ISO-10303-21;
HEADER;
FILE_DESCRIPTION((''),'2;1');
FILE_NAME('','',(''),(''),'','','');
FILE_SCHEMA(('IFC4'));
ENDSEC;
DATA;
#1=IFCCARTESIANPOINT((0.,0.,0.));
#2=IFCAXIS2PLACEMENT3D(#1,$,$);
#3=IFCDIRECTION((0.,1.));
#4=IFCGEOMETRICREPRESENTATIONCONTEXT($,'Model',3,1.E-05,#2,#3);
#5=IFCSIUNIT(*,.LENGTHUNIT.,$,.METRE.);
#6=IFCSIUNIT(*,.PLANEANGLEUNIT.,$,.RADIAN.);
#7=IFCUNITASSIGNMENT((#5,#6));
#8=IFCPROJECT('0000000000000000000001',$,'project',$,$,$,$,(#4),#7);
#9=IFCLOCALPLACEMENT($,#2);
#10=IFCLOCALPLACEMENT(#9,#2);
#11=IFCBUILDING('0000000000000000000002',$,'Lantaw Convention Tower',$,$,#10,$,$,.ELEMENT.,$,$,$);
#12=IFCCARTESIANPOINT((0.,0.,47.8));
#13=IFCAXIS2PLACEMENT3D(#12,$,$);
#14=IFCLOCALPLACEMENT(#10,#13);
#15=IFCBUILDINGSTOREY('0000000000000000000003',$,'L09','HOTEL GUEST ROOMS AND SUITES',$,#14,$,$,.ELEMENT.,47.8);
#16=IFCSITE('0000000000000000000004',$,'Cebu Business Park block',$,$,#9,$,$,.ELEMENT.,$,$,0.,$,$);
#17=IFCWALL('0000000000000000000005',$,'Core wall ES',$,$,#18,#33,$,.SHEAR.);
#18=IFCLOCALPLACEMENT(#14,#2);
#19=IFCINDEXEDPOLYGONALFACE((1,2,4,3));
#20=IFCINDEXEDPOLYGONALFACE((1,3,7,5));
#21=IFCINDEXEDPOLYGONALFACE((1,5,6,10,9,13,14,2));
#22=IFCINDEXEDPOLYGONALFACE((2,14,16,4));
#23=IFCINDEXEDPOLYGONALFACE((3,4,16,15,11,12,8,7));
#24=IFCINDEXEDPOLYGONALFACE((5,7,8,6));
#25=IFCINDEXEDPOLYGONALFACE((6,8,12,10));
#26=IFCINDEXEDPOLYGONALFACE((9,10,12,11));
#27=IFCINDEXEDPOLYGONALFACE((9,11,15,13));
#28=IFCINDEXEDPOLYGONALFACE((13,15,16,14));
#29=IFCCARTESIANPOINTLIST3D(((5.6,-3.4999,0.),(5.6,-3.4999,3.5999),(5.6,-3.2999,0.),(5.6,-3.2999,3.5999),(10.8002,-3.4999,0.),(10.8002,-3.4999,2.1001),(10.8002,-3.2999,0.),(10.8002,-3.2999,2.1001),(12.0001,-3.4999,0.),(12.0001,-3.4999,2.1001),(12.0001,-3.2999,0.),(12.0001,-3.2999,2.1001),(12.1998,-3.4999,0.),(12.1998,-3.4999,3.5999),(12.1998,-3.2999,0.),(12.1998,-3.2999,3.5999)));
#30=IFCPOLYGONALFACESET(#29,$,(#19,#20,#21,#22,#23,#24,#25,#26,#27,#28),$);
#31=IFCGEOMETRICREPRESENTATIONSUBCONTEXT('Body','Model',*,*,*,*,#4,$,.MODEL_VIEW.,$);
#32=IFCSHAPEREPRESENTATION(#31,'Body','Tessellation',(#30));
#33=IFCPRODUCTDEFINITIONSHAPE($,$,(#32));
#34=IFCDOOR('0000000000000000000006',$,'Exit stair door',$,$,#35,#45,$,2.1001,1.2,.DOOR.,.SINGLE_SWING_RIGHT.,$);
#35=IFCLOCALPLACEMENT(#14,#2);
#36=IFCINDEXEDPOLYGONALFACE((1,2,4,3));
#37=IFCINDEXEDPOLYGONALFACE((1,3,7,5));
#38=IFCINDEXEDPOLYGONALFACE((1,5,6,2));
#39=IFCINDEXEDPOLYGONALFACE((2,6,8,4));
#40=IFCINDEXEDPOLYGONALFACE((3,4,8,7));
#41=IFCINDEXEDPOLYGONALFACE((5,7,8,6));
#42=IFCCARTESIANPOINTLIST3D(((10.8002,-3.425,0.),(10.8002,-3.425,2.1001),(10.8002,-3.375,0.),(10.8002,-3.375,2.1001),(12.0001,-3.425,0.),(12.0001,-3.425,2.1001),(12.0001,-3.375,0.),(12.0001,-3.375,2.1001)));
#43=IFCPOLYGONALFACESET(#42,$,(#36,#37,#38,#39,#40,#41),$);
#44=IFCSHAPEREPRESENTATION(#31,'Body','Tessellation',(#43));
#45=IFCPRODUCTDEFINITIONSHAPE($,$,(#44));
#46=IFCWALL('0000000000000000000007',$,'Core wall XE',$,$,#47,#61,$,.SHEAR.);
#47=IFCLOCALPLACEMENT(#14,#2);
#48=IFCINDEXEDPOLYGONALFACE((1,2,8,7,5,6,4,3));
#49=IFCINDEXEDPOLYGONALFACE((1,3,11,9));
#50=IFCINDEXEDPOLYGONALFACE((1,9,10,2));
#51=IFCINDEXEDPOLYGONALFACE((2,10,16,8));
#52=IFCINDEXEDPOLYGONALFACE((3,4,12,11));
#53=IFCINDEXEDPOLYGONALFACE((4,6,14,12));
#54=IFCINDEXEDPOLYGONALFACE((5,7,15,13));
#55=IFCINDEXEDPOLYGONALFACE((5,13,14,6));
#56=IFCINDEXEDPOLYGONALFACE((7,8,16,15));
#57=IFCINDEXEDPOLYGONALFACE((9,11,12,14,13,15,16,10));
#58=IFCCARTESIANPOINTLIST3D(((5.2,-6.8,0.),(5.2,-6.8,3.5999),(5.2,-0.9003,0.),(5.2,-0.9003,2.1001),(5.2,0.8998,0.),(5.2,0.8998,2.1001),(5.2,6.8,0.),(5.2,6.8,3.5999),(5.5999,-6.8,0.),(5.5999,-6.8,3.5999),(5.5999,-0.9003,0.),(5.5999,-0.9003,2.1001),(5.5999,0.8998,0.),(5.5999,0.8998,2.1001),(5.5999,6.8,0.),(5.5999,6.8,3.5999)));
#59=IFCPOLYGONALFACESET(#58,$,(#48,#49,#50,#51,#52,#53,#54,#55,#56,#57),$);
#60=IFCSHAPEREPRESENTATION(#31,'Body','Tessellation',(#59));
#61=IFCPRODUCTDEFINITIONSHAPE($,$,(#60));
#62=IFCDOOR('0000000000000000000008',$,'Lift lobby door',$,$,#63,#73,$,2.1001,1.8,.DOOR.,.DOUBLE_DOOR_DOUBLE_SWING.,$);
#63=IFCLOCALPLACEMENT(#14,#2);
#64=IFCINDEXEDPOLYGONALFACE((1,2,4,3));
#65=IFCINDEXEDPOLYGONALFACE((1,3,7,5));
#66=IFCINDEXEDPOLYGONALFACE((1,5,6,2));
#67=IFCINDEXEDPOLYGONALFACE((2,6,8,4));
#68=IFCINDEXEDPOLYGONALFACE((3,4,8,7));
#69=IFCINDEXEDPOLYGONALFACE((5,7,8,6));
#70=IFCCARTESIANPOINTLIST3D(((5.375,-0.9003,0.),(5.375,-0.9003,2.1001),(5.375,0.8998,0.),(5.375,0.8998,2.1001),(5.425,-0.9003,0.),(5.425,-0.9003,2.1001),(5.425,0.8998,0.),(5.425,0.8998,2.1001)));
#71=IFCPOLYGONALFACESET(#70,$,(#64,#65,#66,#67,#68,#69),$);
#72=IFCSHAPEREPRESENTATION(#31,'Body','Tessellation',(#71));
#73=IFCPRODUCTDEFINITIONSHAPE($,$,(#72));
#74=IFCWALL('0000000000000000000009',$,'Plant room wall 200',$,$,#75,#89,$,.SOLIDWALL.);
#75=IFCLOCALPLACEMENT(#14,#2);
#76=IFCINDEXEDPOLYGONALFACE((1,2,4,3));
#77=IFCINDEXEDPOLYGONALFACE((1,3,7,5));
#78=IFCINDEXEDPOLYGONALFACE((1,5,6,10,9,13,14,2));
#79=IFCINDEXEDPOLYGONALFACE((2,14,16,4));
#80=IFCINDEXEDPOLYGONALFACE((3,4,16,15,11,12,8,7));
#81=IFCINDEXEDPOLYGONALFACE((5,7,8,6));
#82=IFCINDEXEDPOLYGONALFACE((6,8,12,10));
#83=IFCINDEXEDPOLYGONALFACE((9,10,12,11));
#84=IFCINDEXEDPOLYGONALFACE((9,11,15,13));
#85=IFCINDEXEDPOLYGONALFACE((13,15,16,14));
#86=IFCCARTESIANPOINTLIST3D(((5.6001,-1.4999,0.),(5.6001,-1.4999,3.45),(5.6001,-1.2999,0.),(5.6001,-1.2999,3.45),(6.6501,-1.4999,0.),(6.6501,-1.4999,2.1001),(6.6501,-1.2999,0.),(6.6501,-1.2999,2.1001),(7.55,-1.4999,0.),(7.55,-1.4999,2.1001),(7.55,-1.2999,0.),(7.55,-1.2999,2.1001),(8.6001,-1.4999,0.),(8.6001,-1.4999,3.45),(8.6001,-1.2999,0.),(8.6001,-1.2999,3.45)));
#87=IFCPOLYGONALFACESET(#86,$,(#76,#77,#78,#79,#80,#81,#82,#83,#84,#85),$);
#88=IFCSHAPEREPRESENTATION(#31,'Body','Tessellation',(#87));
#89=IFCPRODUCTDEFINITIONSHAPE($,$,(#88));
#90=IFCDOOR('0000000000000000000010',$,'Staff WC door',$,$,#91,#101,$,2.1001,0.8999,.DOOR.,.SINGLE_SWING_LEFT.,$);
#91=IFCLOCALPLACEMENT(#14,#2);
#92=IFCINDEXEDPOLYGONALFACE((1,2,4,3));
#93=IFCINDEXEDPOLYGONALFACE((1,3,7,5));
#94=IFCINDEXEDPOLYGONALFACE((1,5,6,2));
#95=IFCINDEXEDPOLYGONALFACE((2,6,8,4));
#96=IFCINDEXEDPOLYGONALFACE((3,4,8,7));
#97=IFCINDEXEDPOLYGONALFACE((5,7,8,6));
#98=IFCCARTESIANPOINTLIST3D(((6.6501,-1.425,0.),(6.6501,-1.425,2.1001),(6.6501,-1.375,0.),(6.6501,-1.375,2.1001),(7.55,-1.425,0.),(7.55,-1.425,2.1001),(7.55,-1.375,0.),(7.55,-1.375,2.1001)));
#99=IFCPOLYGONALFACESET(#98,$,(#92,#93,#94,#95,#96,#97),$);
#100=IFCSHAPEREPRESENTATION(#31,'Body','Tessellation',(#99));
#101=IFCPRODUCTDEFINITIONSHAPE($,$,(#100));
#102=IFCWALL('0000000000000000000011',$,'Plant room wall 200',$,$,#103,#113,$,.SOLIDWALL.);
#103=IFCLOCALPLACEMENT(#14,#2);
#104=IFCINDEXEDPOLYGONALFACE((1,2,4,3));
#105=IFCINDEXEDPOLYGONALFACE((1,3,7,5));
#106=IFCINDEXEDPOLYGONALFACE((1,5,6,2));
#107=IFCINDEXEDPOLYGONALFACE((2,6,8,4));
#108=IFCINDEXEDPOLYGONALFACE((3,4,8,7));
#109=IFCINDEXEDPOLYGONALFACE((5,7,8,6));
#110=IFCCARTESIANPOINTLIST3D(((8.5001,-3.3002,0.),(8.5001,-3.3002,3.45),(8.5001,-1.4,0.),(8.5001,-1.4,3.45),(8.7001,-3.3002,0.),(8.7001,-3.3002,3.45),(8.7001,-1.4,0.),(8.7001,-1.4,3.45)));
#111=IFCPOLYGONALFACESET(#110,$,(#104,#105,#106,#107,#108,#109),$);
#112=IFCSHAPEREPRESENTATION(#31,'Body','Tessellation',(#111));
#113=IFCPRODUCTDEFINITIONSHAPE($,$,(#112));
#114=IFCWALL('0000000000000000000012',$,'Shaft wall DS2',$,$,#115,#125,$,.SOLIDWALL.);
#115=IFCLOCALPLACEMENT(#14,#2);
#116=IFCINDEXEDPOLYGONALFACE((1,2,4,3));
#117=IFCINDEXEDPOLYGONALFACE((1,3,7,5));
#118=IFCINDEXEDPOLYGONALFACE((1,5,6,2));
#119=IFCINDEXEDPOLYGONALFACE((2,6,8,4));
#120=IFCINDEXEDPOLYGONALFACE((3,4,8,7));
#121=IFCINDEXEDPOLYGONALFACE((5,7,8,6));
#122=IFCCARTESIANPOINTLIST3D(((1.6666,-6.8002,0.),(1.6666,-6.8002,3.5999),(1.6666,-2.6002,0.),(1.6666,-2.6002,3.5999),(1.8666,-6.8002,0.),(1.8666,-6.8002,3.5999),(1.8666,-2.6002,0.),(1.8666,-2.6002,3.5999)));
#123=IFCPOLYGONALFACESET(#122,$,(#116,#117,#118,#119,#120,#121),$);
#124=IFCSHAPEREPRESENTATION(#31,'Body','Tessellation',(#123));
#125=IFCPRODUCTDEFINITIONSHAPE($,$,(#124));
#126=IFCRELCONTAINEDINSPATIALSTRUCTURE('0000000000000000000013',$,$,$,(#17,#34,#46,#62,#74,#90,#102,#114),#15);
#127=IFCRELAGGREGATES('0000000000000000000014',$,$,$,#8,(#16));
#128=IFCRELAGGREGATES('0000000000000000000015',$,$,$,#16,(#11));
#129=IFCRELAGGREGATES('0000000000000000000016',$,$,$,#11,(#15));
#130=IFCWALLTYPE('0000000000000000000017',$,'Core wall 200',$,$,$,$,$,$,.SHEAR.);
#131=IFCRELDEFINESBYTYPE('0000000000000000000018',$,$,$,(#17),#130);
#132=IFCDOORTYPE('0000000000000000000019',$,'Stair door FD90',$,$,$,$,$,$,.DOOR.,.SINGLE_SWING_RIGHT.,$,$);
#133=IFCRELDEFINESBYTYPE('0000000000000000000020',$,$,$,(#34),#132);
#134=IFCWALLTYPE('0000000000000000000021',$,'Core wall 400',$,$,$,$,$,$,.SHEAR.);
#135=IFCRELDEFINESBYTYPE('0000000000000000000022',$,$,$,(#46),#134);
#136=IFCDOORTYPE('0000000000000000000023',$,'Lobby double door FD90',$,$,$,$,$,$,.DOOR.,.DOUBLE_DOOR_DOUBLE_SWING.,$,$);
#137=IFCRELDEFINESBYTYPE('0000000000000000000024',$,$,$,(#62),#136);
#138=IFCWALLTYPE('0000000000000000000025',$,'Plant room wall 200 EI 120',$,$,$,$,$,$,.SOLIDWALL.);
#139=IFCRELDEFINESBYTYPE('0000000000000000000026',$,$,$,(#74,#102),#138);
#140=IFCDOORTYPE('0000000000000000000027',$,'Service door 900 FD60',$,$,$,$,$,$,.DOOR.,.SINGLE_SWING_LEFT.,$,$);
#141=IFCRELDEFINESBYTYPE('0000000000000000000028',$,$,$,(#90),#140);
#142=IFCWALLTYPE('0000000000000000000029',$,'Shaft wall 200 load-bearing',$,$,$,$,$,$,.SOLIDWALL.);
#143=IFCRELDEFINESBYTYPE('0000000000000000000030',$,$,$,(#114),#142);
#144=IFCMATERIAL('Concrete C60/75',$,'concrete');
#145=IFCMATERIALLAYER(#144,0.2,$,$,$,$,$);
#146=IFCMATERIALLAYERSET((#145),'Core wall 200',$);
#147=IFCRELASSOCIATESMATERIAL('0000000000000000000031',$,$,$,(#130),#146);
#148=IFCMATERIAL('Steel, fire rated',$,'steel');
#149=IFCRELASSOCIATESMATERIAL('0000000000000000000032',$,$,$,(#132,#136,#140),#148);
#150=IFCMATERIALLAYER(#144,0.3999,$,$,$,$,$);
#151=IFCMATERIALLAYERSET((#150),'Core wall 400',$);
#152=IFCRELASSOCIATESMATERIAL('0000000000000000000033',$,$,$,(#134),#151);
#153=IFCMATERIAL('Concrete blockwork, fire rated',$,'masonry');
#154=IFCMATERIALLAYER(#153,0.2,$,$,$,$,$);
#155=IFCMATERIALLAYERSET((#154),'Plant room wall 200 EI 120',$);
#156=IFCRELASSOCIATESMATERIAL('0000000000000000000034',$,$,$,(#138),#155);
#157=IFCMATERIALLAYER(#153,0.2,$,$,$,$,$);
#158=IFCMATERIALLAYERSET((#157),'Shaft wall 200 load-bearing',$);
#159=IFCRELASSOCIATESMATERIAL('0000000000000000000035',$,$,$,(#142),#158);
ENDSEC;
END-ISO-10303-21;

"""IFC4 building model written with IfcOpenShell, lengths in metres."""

from ifc_helpers import new_model, si_unit, direction, frame, frame_2d, origin, place, context, subcontext, project, spatial, rectangle, extrude, material, layer, layer_set, type_object, element, fill, save


model = new_model("IFC4")

# Units and contexts
model_context = context("Model", 3, precision=1e-05, world=origin(), true_north=direction((0.0, 1.0)))
body_context = subcontext(model_context, "Body", "Model", "MODEL_VIEW")
ifc_project = project(units=[si_unit("LENGTHUNIT", "METRE"), si_unit("PLANEANGLEUNIT", "RADIAN")], contexts=[model_context])

# Site, building, storey
site_placement = place(None, origin())
site = spatial("IfcSite", under=ifc_project, at=site_placement, Name="Cebu Business Park block", CompositionType="ELEMENT", RefElevation=0.0)
building_placement = place(site_placement, origin())
building = spatial("IfcBuilding", under=site, at=building_placement, Name="Lantaw Convention Tower", CompositionType="ELEMENT")
storey_placement = place(building_placement, frame((0.0, 0.0, 47.8)))
storey = spatial("IfcBuildingStorey", under=building, at=storey_placement, Name="L09", Description="HOTEL GUEST ROOMS AND SUITES", CompositionType="ELEMENT", Elevation=47.8)

# Walls, openings, doors
ifc_material_1 = material(Name="Concrete C60/75", Category="concrete")
ifc_layer_1 = layer(ifc_material_1, 0.2)
ifc_layer_set_1 = layer_set([ifc_layer_1], Name="Core wall 200")
wall_type_1 = type_object("IfcWallType", Name="Core wall 200", PredefinedType="SHEAR", material=ifc_layer_set_1)
wall_1_placement = place(storey_placement, frame((5.6001, -3.3999, 0.0), z_axis=(0.0, 0.0, 1.0), x_axis=(1.0, 0.0, 0.0)))
wall_1 = element("IfcWall", 1, at=wall_1_placement, inside=storey, type_object=wall_type_1, Name="Core wall ES", PredefinedType="SHEAR", context=body_context, shape_type="SweptSolid", body=[
    extrude(rectangle(XDim=6.5999, YDim=0.2, at=frame_2d((3.2998, 0.0))), origin(), (0.0, 0.0, 1.0), 3.5999),
])
opening_1_placement = place(wall_1_placement, frame((5.2, 0.0, 0.0)))
opening_1 = element("IfcOpeningElement", 2, at=opening_1_placement, cuts=wall_1, PredefinedType="OPENING", context=body_context, shape_type="SweptSolid", body=[
    extrude(rectangle(XDim=1.2, YDim=2.1001, at=frame_2d((0.6001, 1.05))), frame((0.0, 0.1099, 0.0), z_axis=(0.0, -1.0, 0.0), x_axis=(1.0, 0.0, 0.0)), (0.0, 0.0, 1.0), 0.22),
])
ifc_material_2 = material(Name="Steel, fire rated", Category="steel")
door_type_1 = type_object("IfcDoorType", Name="Stair door FD90", OperationType="SINGLE_SWING_RIGHT", PredefinedType="DOOR", material=ifc_material_2)
door_1_placement = place(opening_1_placement, origin())
door_1 = element("IfcDoor", 3, at=door_1_placement, inside=storey, type_object=door_type_1, Name="Exit stair door", OperationType="SINGLE_SWING_RIGHT", OverallHeight=2.1001, OverallWidth=1.2, PredefinedType="DOOR", context=body_context, shape_type="SweptSolid", body=[
    extrude(rectangle(XDim=1.2, YDim=2.1001, at=frame_2d((0.6001, 1.05))), frame((0.0, 0.0249, 0.0), z_axis=(0.0, -1.0, 0.0), x_axis=(1.0, 0.0, 0.0)), (0.0, 0.0, 1.0), 0.05),
])
fill(opening_1, door_1)
ifc_layer_2 = layer(ifc_material_1, 0.3999)
ifc_layer_set_2 = layer_set([ifc_layer_2], Name="Core wall 400")
wall_type_2 = type_object("IfcWallType", Name="Core wall 400", PredefinedType="SHEAR", material=ifc_layer_set_2)
wall_2_placement = place(storey_placement, frame((5.3999, -6.8, 0.0), z_axis=(0.0, 0.0, 1.0), x_axis=(0.0, 1.0, 0.0)))
wall_2 = element("IfcWall", 4, at=wall_2_placement, inside=storey, type_object=wall_type_2, Name="Core wall XE", PredefinedType="SHEAR", context=body_context, shape_type="SweptSolid", body=[
    extrude(rectangle(XDim=13.6001, YDim=0.3999, at=frame_2d((6.8, 0.0))), origin(), (0.0, 0.0, 1.0), 3.5999),
])
opening_2_placement = place(wall_2_placement, frame((5.8999, 0.0, 0.0)))
opening_2 = element("IfcOpeningElement", 5, at=opening_2_placement, cuts=wall_2, PredefinedType="OPENING", context=body_context, shape_type="SweptSolid", body=[
    extrude(rectangle(XDim=1.8, YDim=2.1001, at=frame_2d((0.8999, 1.05))), frame((0.0, 0.21, 0.0), z_axis=(0.0, -1.0, 0.0), x_axis=(1.0, 0.0, 0.0)), (0.0, 0.0, 1.0), 0.4199),
])
door_type_2 = type_object("IfcDoorType", Name="Lobby double door FD90", OperationType="DOUBLE_DOOR_DOUBLE_SWING", PredefinedType="DOOR", material=ifc_material_2)
door_2_placement = place(opening_2_placement, origin())
door_2 = element("IfcDoor", 6, at=door_2_placement, inside=storey, type_object=door_type_2, Name="Lift lobby door", OperationType="DOUBLE_DOOR_DOUBLE_SWING", OverallHeight=2.1001, OverallWidth=1.8, PredefinedType="DOOR", context=body_context, shape_type="SweptSolid", body=[
    extrude(rectangle(XDim=1.8, YDim=2.1001, at=frame_2d((0.8999, 1.05))), frame((0.0, 0.0249, 0.0), z_axis=(0.0, -1.0, 0.0), x_axis=(1.0, 0.0, 0.0)), (0.0, 0.0, 1.0), 0.05),
])
fill(opening_2, door_2)
ifc_material_3 = material(Name="Concrete blockwork, fire rated", Category="masonry")
ifc_layer_3 = layer(ifc_material_3, 0.2)
ifc_layer_set_3 = layer_set([ifc_layer_3], Name="Plant room wall 200 EI 120")
wall_type_3 = type_object("IfcWallType", Name="Plant room wall 200 EI 120", PredefinedType="SOLIDWALL", material=ifc_layer_set_3)
wall_3_placement = place(storey_placement, frame((5.6001, -1.3999, 0.0), z_axis=(0.0, 0.0, 1.0), x_axis=(1.0, 0.0, 0.0)))
wall_3 = element("IfcWall", 7, at=wall_3_placement, inside=storey, type_object=wall_type_3, Name="Plant room wall 200", PredefinedType="SOLIDWALL", context=body_context, shape_type="SweptSolid", body=[
    extrude(rectangle(XDim=3.0, YDim=0.2, at=frame_2d((1.5, 0.0))), origin(), (0.0, 0.0, 1.0), 3.45),
])
opening_3_placement = place(wall_3_placement, frame((1.05, 0.0, 0.0)))
opening_3 = element("IfcOpeningElement", 8, at=opening_3_placement, cuts=wall_3, PredefinedType="OPENING", context=body_context, shape_type="SweptSolid", body=[
    extrude(rectangle(XDim=0.8999, YDim=2.1001, at=frame_2d((0.45, 1.05))), frame((0.0, 0.1099, 0.0), z_axis=(0.0, -1.0, 0.0), x_axis=(1.0, 0.0, 0.0)), (0.0, 0.0, 1.0), 0.22),
])
door_type_3 = type_object("IfcDoorType", Name="Service door 900 FD60", OperationType="SINGLE_SWING_LEFT", PredefinedType="DOOR", material=ifc_material_2)
door_3_placement = place(opening_3_placement, origin())
door_3 = element("IfcDoor", 9, at=door_3_placement, inside=storey, type_object=door_type_3, Name="Staff WC door", OperationType="SINGLE_SWING_LEFT", OverallHeight=2.1001, OverallWidth=0.8999, PredefinedType="DOOR", context=body_context, shape_type="SweptSolid", body=[
    extrude(rectangle(XDim=0.8999, YDim=2.1001, at=frame_2d((0.45, 1.05))), frame((0.0, 0.0249, 0.0), z_axis=(0.0, -1.0, 0.0), x_axis=(1.0, 0.0, 0.0)), (0.0, 0.0, 1.0), 0.05),
])
fill(opening_3, door_3)

# Walls
wall_4_placement = place(storey_placement, frame((8.6001, -1.3999, 0.0), z_axis=(0.0, 0.0, 1.0), x_axis=(0.0, -1.0, 0.0)))
element("IfcWall", 10, at=wall_4_placement, inside=storey, type_object=wall_type_3, Name="Plant room wall 200", PredefinedType="SOLIDWALL", context=body_context, shape_type="SweptSolid", body=[
    extrude(rectangle(XDim=1.9001, YDim=0.2, at=frame_2d((0.9502, 0.0))), origin(), (0.0, 0.0, 1.0), 3.45),
])
ifc_layer_4 = layer(ifc_material_3, 0.2)
ifc_layer_set_4 = layer_set([ifc_layer_4], Name="Shaft wall 200 load-bearing")
wall_type_4 = type_object("IfcWallType", Name="Shaft wall 200 load-bearing", PredefinedType="SOLIDWALL", material=ifc_layer_set_4)
wall_5_placement = place(storey_placement, frame((1.7666, -2.6001, 0.0), z_axis=(0.0, 0.0, 1.0), x_axis=(0.0, -1.0, 0.0)))
element("IfcWall", 11, at=wall_5_placement, inside=storey, type_object=wall_type_4, Name="Shaft wall DS2", PredefinedType="SOLIDWALL", context=body_context, shape_type="SweptSolid", body=[
    extrude(rectangle(XDim=4.2, YDim=0.2, at=frame_2d((2.1001, 0.0))), origin(), (0.0, 0.0, 1.0), 3.5999),
])

save(model, "model.ifc")
